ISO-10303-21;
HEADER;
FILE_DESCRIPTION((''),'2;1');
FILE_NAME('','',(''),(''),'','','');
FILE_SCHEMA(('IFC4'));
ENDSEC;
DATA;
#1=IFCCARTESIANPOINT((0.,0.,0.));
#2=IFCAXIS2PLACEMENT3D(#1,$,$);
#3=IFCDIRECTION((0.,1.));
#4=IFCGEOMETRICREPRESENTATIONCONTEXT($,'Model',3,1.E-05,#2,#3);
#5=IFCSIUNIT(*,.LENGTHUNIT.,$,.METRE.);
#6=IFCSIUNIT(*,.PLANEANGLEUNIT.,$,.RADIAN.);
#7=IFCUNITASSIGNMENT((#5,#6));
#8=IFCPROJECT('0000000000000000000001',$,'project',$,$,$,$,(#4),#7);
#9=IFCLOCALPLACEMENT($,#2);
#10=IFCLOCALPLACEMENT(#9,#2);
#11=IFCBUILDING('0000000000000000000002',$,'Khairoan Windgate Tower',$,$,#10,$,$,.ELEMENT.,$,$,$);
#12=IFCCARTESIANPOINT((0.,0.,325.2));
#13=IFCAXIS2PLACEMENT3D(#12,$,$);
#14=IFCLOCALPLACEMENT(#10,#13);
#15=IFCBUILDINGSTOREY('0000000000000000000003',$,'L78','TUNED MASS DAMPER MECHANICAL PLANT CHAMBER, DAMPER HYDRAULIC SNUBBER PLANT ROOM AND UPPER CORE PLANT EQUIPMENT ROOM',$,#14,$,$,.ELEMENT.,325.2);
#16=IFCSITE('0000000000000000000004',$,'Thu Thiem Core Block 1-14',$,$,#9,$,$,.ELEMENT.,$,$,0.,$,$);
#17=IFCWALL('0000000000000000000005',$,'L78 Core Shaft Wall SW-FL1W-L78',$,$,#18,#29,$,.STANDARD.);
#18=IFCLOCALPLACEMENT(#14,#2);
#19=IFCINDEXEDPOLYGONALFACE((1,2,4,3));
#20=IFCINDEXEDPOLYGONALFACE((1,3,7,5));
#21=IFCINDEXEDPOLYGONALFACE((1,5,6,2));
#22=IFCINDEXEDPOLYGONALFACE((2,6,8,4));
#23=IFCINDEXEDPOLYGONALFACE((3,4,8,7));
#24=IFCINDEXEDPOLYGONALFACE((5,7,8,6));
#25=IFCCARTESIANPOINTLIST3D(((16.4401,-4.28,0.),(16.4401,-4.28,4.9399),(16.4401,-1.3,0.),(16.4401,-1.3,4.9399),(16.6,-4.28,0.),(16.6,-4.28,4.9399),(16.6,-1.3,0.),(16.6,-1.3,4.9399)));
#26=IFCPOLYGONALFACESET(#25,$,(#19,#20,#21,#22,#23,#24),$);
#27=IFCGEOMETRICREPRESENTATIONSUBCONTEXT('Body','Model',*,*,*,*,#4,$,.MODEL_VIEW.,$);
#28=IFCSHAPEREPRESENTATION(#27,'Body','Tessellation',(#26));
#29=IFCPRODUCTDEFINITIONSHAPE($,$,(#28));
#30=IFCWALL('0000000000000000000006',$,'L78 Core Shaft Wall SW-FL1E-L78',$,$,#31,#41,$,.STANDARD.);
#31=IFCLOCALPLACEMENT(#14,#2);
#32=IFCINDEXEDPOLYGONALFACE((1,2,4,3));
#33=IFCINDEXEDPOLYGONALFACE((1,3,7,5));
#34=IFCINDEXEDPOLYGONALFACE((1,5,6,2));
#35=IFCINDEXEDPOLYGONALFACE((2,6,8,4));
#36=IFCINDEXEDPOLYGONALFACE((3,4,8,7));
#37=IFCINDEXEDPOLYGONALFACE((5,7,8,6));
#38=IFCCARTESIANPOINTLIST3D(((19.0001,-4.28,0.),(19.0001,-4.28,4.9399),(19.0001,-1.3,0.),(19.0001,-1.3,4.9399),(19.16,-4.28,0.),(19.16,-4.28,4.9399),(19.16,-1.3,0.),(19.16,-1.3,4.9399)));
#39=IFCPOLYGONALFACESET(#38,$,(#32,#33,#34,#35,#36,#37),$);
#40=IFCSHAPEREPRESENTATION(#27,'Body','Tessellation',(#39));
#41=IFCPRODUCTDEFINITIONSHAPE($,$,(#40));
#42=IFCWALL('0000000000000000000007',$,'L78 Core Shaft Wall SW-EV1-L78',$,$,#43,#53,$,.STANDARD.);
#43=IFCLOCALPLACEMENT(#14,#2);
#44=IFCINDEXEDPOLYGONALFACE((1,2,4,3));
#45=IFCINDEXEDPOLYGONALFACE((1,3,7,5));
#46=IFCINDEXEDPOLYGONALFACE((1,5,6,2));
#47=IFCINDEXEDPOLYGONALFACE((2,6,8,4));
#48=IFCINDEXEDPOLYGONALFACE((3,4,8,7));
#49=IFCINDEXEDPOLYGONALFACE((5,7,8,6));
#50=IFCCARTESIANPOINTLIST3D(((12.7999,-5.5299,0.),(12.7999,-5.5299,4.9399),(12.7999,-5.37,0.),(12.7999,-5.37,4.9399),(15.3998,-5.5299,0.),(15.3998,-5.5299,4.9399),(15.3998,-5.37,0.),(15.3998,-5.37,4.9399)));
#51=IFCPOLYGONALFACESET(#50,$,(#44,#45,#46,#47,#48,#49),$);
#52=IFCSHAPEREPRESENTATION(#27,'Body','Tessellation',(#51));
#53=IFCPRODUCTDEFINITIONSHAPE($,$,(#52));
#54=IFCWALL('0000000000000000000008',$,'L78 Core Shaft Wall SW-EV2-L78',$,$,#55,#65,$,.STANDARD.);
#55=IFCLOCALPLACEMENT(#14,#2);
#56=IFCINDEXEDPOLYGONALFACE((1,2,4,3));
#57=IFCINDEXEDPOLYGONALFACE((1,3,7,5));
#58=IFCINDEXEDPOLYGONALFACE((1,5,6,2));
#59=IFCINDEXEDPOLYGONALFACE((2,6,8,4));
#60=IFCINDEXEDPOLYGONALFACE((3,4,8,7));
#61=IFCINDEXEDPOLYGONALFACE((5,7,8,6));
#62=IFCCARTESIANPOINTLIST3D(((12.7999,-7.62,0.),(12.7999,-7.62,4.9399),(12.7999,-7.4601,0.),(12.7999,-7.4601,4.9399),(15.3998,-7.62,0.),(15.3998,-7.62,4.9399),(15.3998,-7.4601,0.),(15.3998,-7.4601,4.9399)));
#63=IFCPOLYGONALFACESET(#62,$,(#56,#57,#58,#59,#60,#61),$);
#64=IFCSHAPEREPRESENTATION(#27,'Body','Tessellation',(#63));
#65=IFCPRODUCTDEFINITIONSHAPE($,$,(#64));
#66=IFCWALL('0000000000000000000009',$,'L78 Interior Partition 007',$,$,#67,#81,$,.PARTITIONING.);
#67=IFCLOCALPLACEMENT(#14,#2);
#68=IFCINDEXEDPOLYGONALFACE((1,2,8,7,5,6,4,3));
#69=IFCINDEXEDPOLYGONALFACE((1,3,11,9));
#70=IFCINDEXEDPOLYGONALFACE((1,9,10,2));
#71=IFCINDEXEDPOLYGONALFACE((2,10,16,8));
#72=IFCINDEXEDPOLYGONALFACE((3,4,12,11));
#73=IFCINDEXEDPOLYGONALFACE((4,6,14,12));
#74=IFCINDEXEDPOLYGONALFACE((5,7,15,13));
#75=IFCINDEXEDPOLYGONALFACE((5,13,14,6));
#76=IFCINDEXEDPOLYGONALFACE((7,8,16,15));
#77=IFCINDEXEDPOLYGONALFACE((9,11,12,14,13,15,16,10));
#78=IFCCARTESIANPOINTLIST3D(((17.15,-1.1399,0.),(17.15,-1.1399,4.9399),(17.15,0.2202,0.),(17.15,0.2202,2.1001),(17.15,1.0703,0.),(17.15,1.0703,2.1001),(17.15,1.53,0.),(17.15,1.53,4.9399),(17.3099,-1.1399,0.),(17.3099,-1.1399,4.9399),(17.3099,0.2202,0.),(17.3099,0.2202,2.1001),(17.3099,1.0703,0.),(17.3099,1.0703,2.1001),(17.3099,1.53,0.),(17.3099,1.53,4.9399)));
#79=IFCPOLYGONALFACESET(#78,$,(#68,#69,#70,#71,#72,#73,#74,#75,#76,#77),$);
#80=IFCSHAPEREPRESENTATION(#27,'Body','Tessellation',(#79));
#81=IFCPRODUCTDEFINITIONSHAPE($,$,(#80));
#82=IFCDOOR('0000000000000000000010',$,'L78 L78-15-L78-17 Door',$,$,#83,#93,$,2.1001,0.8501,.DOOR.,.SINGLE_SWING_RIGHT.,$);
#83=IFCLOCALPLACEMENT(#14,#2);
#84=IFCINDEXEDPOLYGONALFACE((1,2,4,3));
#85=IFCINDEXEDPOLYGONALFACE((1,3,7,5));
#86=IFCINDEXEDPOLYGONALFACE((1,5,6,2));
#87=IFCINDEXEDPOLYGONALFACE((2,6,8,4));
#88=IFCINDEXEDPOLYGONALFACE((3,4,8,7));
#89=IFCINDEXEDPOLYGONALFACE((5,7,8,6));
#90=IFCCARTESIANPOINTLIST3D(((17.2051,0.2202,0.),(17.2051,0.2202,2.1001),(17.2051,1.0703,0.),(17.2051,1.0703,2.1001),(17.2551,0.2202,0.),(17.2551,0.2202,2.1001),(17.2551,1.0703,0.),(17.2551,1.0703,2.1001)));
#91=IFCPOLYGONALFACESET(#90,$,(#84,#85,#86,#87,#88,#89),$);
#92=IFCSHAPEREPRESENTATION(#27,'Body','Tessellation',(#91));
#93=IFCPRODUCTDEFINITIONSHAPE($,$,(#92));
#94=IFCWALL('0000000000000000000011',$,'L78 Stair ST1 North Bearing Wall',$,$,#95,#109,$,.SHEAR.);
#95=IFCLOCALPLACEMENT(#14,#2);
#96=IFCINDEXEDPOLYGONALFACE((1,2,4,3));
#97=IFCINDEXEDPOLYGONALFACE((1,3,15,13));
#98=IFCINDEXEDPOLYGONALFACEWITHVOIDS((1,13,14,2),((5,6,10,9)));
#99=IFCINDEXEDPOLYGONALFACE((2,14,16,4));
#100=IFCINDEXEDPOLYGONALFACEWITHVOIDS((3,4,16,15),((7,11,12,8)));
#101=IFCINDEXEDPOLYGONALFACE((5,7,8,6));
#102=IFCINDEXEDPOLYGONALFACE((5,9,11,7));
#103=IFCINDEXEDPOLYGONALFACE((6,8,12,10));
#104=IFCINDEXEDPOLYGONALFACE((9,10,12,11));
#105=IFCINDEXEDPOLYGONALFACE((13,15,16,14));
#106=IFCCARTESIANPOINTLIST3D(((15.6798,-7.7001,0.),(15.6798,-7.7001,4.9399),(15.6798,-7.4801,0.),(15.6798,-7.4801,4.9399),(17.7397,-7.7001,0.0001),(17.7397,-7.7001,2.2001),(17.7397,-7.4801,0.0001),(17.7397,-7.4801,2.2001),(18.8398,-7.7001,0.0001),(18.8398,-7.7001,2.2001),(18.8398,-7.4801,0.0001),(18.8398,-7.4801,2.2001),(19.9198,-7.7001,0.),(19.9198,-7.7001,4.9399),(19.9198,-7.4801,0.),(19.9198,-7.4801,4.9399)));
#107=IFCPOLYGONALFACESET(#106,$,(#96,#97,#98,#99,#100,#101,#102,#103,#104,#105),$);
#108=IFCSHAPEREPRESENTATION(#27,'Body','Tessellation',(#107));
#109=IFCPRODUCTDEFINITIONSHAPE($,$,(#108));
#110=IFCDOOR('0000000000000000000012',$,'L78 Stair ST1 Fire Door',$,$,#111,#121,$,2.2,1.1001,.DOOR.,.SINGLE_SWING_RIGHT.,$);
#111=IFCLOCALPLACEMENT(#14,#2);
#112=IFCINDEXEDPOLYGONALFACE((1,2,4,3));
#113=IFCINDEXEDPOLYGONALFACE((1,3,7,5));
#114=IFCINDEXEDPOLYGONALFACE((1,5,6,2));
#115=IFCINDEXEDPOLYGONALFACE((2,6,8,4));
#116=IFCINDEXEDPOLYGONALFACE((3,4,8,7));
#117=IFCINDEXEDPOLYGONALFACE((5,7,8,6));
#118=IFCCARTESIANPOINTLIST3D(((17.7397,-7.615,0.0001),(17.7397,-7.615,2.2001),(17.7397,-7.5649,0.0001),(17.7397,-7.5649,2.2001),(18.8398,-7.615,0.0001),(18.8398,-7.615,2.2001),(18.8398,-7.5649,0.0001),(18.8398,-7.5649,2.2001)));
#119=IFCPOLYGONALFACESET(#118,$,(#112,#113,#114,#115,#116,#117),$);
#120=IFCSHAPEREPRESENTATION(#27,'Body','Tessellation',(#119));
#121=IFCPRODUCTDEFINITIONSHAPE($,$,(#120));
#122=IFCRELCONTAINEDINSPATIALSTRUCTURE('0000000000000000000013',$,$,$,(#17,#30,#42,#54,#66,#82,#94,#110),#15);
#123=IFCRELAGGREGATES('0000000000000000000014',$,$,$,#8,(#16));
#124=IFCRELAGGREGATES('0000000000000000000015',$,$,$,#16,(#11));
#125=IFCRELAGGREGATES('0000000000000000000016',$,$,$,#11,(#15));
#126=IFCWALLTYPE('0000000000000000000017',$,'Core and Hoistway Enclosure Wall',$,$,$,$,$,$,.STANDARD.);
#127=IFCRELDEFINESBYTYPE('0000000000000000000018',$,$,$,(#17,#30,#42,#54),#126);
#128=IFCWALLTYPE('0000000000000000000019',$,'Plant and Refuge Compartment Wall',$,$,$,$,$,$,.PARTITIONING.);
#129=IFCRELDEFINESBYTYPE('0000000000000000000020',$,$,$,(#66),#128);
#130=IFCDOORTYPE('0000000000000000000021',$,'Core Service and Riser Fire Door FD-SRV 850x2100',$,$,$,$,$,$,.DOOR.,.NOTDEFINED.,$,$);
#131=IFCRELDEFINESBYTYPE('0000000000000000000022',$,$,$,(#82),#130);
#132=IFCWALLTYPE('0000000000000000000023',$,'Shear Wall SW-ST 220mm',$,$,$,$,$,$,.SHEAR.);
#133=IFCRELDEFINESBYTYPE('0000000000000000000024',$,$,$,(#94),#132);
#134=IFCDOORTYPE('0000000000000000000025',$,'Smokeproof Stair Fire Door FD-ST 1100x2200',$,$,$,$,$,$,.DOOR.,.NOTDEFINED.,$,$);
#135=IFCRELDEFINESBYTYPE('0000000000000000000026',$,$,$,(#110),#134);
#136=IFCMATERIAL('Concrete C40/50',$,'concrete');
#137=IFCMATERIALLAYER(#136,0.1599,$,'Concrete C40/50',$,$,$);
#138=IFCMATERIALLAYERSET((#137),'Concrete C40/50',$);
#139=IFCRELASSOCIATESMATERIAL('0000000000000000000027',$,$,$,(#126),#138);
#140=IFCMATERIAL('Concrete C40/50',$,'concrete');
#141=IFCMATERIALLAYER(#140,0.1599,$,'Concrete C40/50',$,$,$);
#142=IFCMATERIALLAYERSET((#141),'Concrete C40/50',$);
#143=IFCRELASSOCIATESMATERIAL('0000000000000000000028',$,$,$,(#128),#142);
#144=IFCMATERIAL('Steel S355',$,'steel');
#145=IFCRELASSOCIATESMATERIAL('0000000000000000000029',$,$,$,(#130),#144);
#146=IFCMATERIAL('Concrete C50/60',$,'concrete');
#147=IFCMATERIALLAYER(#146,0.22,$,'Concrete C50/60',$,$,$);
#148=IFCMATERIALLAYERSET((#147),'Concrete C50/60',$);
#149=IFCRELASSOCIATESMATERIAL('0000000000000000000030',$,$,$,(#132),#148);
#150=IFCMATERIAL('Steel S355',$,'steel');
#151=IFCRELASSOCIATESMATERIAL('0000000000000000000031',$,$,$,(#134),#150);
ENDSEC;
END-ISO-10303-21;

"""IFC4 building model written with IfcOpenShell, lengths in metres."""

from ifc_helpers import new_model, si_unit, direction, frame, frame_2d, origin, place, context, subcontext, project, spatial, rectangle, extrude, material, layer, layer_set, type_object, element, fill, save


model = new_model("IFC4")

# Units and contexts
model_context = context("Model", 3, precision=1e-05, world=origin(), true_north=direction((0.0, 1.0)))
body_context = subcontext(model_context, "Body", "Model", "MODEL_VIEW")
ifc_project = project(units=[si_unit("LENGTHUNIT", "METRE"), si_unit("PLANEANGLEUNIT", "RADIAN")], contexts=[model_context])

# Site, building, storey
site_placement = place(None, origin())
site = spatial("IfcSite", under=ifc_project, at=site_placement, Name="Thu Thiem Core Block 1-14", CompositionType="ELEMENT", RefElevation=0.0)
building_placement = place(site_placement, origin())
building = spatial("IfcBuilding", under=site, at=building_placement, Name="Khairoan Windgate Tower", CompositionType="ELEMENT")
storey_placement = place(building_placement, frame((0.0, 0.0, 325.2)))
storey = spatial("IfcBuildingStorey", under=building, at=storey_placement, Name="L78", Description="TUNED MASS DAMPER MECHANICAL PLANT CHAMBER, DAMPER HYDRAULIC SNUBBER PLANT ROOM AND UPPER CORE PLANT EQUIPMENT ROOM", CompositionType="ELEMENT", Elevation=325.2)

# Shared definitions
ifc_material_1 = material(Name="Concrete C40/50", Category="concrete")
ifc_layer_1 = layer(ifc_material_1, 0.1599, Name="Concrete C40/50")
ifc_layer_set_1 = layer_set([ifc_layer_1], Name="Concrete C40/50")
wall_type_1 = type_object("IfcWallType", Name="Core and Hoistway Enclosure Wall", PredefinedType="STANDARD", material=ifc_layer_set_1)

# Walls
for number, where, z_axis, x_axis, name in (
    (1, (16.52, -4.28, 0.0), (0.0, 0.0, 1.0), (0.0, 1.0, 0.0), "L78 Core Shaft Wall SW-FL1W-L78"),
    (2, (19.0801, -4.28, 0.0), (0.0, 0.0, 1.0), (0.0, 1.0, 0.0), "L78 Core Shaft Wall SW-FL1E-L78"),
):
    element("IfcWall", number, at=place(storey_placement, frame(where, z_axis=z_axis, x_axis=x_axis)), inside=storey, type_object=wall_type_1, Name=name, PredefinedType="STANDARD", context=body_context, shape_type="SweptSolid", body=[
        extrude(rectangle(XDim=2.98, YDim=0.1599, at=frame_2d((1.49, 0.0))), origin(), (0.0, 0.0, 1.0), 4.9399),
    ])
for number, where, z_axis, x_axis, name in (
    (3, (12.8, -5.45, 0.0), (0.0, 0.0, 1.0), (1.0, 0.0, 0.0), "L78 Core Shaft Wall SW-EV1-L78"),
    (4, (12.8, -7.54, 0.0), (0.0, 0.0, 1.0), (1.0, 0.0, 0.0), "L78 Core Shaft Wall SW-EV2-L78"),
):
    element("IfcWall", number, at=place(storey_placement, frame(where, z_axis=z_axis, x_axis=x_axis)), inside=storey, type_object=wall_type_1, Name=name, PredefinedType="STANDARD", context=body_context, shape_type="SweptSolid", body=[
        extrude(rectangle(XDim=2.5999, YDim=0.1599, at=frame_2d((1.2998, 0.0))), origin(), (0.0, 0.0, 1.0), 4.9399),
    ])

# Walls, openings, doors
ifc_material_2 = material(Name="Concrete C40/50", Category="concrete")
ifc_layer_2 = layer(ifc_material_2, 0.1599, Name="Concrete C40/50")
ifc_layer_set_2 = layer_set([ifc_layer_2], Name="Concrete C40/50")
wall_type_2 = type_object("IfcWallType", Name="Plant and Refuge Compartment Wall", PredefinedType="PARTITIONING", material=ifc_layer_set_2)
wall_1_placement = place(storey_placement, frame((17.23, -1.1399, 0.0), z_axis=(0.0, 0.0, 1.0), x_axis=(0.0, 1.0, 0.0)))
wall_1 = element("IfcWall", 5, at=wall_1_placement, inside=storey, type_object=wall_type_2, Name="L78 Interior Partition 007", PredefinedType="PARTITIONING", context=body_context, shape_type="SweptSolid", body=[
    extrude(rectangle(XDim=2.6699, YDim=0.1599, at=frame_2d((1.335, 0.0))), origin(), (0.0, 0.0, 1.0), 4.9399),
])
opening_1_placement = place(wall_1_placement, frame((1.3601, 0.0, 0.0)))
opening_1 = element("IfcOpeningElement", 6, at=opening_1_placement, cuts=wall_1, PredefinedType="OPENING", context=body_context, shape_type="SweptSolid", body=[
    extrude(rectangle(XDim=0.8501, YDim=2.1001, at=frame_2d((0.425, 1.05))), frame((0.0, 0.0898, 0.0), z_axis=(0.0, -1.0, 0.0), x_axis=(1.0, 0.0, 0.0)), (0.0, 0.0, 1.0), 0.1799),
])
ifc_material_3 = material(Name="Steel S355", Category="steel")
door_type_1 = type_object("IfcDoorType", Name="Core Service and Riser Fire Door FD-SRV 850x2100", OperationType="NOTDEFINED", PredefinedType="DOOR", material=ifc_material_3)
door_1_placement = place(opening_1_placement, origin())
door_1 = element("IfcDoor", 7, at=door_1_placement, inside=storey, type_object=door_type_1, Name="L78 L78-15-L78-17 Door", OperationType="SINGLE_SWING_RIGHT", OverallHeight=2.1001, OverallWidth=0.8501, PredefinedType="DOOR", context=body_context, shape_type="SweptSolid", body=[
    extrude(rectangle(XDim=0.8501, YDim=2.1001, at=frame_2d((0.425, 1.05))), frame((0.0, 0.0249, 0.0), z_axis=(0.0, -1.0, 0.0), x_axis=(1.0, 0.0, 0.0)), (0.0, 0.0, 1.0), 0.05),
])
fill(opening_1, door_1)
ifc_material_4 = material(Name="Concrete C50/60", Category="concrete")
ifc_layer_3 = layer(ifc_material_4, 0.22, Name="Concrete C50/60")
ifc_layer_set_3 = layer_set([ifc_layer_3], Name="Concrete C50/60")
wall_type_3 = type_object("IfcWallType", Name="Shear Wall SW-ST 220mm", PredefinedType="SHEAR", material=ifc_layer_set_3)
wall_2_placement = place(storey_placement, frame((19.9199, -7.5901, 0.0), z_axis=(0.0, 0.0, 1.0), x_axis=(-1.0, 0.0, 0.0)))
wall_2 = element("IfcWall", 8, at=wall_2_placement, inside=storey, type_object=wall_type_3, Name="L78 Stair ST1 North Bearing Wall", PredefinedType="SHEAR", context=body_context, shape_type="SweptSolid", body=[
    extrude(rectangle(XDim=4.24, YDim=0.22, at=frame_2d((2.1201, 0.0))), origin(), (0.0, 0.0, 1.0), 4.9399),
])
opening_2_placement = place(wall_2_placement, frame((1.0801, 0.0, 0.0)))
opening_2 = element("IfcOpeningElement", 9, at=opening_2_placement, cuts=wall_2, PredefinedType="OPENING", context=body_context, shape_type="SweptSolid", body=[
    extrude(rectangle(XDim=1.1001, YDim=2.2, at=frame_2d((0.55, 1.1001))), frame((0.0, 0.1199, 0.0), z_axis=(0.0, -1.0, 0.0), x_axis=(1.0, 0.0, 0.0)), (0.0, 0.0, 1.0), 0.24),
])
ifc_material_5 = material(Name="Steel S355", Category="steel")
door_type_2 = type_object("IfcDoorType", Name="Smokeproof Stair Fire Door FD-ST 1100x2200", OperationType="NOTDEFINED", PredefinedType="DOOR", material=ifc_material_5)
door_2_placement = place(opening_2_placement, origin())
door_2 = element("IfcDoor", 10, at=door_2_placement, inside=storey, type_object=door_type_2, Name="L78 Stair ST1 Fire Door", OperationType="SINGLE_SWING_RIGHT", OverallHeight=2.2, OverallWidth=1.1001, PredefinedType="DOOR", context=body_context, shape_type="SweptSolid", body=[
    extrude(rectangle(XDim=1.1001, YDim=2.2, at=frame_2d((0.55, 1.1001))), frame((0.0, 0.0249, 0.0), z_axis=(0.0, -1.0, 0.0), x_axis=(1.0, 0.0, 0.0)), (0.0, 0.0, 1.0), 0.05),
])
fill(opening_2, door_2)

save(model, "model.ifc")
